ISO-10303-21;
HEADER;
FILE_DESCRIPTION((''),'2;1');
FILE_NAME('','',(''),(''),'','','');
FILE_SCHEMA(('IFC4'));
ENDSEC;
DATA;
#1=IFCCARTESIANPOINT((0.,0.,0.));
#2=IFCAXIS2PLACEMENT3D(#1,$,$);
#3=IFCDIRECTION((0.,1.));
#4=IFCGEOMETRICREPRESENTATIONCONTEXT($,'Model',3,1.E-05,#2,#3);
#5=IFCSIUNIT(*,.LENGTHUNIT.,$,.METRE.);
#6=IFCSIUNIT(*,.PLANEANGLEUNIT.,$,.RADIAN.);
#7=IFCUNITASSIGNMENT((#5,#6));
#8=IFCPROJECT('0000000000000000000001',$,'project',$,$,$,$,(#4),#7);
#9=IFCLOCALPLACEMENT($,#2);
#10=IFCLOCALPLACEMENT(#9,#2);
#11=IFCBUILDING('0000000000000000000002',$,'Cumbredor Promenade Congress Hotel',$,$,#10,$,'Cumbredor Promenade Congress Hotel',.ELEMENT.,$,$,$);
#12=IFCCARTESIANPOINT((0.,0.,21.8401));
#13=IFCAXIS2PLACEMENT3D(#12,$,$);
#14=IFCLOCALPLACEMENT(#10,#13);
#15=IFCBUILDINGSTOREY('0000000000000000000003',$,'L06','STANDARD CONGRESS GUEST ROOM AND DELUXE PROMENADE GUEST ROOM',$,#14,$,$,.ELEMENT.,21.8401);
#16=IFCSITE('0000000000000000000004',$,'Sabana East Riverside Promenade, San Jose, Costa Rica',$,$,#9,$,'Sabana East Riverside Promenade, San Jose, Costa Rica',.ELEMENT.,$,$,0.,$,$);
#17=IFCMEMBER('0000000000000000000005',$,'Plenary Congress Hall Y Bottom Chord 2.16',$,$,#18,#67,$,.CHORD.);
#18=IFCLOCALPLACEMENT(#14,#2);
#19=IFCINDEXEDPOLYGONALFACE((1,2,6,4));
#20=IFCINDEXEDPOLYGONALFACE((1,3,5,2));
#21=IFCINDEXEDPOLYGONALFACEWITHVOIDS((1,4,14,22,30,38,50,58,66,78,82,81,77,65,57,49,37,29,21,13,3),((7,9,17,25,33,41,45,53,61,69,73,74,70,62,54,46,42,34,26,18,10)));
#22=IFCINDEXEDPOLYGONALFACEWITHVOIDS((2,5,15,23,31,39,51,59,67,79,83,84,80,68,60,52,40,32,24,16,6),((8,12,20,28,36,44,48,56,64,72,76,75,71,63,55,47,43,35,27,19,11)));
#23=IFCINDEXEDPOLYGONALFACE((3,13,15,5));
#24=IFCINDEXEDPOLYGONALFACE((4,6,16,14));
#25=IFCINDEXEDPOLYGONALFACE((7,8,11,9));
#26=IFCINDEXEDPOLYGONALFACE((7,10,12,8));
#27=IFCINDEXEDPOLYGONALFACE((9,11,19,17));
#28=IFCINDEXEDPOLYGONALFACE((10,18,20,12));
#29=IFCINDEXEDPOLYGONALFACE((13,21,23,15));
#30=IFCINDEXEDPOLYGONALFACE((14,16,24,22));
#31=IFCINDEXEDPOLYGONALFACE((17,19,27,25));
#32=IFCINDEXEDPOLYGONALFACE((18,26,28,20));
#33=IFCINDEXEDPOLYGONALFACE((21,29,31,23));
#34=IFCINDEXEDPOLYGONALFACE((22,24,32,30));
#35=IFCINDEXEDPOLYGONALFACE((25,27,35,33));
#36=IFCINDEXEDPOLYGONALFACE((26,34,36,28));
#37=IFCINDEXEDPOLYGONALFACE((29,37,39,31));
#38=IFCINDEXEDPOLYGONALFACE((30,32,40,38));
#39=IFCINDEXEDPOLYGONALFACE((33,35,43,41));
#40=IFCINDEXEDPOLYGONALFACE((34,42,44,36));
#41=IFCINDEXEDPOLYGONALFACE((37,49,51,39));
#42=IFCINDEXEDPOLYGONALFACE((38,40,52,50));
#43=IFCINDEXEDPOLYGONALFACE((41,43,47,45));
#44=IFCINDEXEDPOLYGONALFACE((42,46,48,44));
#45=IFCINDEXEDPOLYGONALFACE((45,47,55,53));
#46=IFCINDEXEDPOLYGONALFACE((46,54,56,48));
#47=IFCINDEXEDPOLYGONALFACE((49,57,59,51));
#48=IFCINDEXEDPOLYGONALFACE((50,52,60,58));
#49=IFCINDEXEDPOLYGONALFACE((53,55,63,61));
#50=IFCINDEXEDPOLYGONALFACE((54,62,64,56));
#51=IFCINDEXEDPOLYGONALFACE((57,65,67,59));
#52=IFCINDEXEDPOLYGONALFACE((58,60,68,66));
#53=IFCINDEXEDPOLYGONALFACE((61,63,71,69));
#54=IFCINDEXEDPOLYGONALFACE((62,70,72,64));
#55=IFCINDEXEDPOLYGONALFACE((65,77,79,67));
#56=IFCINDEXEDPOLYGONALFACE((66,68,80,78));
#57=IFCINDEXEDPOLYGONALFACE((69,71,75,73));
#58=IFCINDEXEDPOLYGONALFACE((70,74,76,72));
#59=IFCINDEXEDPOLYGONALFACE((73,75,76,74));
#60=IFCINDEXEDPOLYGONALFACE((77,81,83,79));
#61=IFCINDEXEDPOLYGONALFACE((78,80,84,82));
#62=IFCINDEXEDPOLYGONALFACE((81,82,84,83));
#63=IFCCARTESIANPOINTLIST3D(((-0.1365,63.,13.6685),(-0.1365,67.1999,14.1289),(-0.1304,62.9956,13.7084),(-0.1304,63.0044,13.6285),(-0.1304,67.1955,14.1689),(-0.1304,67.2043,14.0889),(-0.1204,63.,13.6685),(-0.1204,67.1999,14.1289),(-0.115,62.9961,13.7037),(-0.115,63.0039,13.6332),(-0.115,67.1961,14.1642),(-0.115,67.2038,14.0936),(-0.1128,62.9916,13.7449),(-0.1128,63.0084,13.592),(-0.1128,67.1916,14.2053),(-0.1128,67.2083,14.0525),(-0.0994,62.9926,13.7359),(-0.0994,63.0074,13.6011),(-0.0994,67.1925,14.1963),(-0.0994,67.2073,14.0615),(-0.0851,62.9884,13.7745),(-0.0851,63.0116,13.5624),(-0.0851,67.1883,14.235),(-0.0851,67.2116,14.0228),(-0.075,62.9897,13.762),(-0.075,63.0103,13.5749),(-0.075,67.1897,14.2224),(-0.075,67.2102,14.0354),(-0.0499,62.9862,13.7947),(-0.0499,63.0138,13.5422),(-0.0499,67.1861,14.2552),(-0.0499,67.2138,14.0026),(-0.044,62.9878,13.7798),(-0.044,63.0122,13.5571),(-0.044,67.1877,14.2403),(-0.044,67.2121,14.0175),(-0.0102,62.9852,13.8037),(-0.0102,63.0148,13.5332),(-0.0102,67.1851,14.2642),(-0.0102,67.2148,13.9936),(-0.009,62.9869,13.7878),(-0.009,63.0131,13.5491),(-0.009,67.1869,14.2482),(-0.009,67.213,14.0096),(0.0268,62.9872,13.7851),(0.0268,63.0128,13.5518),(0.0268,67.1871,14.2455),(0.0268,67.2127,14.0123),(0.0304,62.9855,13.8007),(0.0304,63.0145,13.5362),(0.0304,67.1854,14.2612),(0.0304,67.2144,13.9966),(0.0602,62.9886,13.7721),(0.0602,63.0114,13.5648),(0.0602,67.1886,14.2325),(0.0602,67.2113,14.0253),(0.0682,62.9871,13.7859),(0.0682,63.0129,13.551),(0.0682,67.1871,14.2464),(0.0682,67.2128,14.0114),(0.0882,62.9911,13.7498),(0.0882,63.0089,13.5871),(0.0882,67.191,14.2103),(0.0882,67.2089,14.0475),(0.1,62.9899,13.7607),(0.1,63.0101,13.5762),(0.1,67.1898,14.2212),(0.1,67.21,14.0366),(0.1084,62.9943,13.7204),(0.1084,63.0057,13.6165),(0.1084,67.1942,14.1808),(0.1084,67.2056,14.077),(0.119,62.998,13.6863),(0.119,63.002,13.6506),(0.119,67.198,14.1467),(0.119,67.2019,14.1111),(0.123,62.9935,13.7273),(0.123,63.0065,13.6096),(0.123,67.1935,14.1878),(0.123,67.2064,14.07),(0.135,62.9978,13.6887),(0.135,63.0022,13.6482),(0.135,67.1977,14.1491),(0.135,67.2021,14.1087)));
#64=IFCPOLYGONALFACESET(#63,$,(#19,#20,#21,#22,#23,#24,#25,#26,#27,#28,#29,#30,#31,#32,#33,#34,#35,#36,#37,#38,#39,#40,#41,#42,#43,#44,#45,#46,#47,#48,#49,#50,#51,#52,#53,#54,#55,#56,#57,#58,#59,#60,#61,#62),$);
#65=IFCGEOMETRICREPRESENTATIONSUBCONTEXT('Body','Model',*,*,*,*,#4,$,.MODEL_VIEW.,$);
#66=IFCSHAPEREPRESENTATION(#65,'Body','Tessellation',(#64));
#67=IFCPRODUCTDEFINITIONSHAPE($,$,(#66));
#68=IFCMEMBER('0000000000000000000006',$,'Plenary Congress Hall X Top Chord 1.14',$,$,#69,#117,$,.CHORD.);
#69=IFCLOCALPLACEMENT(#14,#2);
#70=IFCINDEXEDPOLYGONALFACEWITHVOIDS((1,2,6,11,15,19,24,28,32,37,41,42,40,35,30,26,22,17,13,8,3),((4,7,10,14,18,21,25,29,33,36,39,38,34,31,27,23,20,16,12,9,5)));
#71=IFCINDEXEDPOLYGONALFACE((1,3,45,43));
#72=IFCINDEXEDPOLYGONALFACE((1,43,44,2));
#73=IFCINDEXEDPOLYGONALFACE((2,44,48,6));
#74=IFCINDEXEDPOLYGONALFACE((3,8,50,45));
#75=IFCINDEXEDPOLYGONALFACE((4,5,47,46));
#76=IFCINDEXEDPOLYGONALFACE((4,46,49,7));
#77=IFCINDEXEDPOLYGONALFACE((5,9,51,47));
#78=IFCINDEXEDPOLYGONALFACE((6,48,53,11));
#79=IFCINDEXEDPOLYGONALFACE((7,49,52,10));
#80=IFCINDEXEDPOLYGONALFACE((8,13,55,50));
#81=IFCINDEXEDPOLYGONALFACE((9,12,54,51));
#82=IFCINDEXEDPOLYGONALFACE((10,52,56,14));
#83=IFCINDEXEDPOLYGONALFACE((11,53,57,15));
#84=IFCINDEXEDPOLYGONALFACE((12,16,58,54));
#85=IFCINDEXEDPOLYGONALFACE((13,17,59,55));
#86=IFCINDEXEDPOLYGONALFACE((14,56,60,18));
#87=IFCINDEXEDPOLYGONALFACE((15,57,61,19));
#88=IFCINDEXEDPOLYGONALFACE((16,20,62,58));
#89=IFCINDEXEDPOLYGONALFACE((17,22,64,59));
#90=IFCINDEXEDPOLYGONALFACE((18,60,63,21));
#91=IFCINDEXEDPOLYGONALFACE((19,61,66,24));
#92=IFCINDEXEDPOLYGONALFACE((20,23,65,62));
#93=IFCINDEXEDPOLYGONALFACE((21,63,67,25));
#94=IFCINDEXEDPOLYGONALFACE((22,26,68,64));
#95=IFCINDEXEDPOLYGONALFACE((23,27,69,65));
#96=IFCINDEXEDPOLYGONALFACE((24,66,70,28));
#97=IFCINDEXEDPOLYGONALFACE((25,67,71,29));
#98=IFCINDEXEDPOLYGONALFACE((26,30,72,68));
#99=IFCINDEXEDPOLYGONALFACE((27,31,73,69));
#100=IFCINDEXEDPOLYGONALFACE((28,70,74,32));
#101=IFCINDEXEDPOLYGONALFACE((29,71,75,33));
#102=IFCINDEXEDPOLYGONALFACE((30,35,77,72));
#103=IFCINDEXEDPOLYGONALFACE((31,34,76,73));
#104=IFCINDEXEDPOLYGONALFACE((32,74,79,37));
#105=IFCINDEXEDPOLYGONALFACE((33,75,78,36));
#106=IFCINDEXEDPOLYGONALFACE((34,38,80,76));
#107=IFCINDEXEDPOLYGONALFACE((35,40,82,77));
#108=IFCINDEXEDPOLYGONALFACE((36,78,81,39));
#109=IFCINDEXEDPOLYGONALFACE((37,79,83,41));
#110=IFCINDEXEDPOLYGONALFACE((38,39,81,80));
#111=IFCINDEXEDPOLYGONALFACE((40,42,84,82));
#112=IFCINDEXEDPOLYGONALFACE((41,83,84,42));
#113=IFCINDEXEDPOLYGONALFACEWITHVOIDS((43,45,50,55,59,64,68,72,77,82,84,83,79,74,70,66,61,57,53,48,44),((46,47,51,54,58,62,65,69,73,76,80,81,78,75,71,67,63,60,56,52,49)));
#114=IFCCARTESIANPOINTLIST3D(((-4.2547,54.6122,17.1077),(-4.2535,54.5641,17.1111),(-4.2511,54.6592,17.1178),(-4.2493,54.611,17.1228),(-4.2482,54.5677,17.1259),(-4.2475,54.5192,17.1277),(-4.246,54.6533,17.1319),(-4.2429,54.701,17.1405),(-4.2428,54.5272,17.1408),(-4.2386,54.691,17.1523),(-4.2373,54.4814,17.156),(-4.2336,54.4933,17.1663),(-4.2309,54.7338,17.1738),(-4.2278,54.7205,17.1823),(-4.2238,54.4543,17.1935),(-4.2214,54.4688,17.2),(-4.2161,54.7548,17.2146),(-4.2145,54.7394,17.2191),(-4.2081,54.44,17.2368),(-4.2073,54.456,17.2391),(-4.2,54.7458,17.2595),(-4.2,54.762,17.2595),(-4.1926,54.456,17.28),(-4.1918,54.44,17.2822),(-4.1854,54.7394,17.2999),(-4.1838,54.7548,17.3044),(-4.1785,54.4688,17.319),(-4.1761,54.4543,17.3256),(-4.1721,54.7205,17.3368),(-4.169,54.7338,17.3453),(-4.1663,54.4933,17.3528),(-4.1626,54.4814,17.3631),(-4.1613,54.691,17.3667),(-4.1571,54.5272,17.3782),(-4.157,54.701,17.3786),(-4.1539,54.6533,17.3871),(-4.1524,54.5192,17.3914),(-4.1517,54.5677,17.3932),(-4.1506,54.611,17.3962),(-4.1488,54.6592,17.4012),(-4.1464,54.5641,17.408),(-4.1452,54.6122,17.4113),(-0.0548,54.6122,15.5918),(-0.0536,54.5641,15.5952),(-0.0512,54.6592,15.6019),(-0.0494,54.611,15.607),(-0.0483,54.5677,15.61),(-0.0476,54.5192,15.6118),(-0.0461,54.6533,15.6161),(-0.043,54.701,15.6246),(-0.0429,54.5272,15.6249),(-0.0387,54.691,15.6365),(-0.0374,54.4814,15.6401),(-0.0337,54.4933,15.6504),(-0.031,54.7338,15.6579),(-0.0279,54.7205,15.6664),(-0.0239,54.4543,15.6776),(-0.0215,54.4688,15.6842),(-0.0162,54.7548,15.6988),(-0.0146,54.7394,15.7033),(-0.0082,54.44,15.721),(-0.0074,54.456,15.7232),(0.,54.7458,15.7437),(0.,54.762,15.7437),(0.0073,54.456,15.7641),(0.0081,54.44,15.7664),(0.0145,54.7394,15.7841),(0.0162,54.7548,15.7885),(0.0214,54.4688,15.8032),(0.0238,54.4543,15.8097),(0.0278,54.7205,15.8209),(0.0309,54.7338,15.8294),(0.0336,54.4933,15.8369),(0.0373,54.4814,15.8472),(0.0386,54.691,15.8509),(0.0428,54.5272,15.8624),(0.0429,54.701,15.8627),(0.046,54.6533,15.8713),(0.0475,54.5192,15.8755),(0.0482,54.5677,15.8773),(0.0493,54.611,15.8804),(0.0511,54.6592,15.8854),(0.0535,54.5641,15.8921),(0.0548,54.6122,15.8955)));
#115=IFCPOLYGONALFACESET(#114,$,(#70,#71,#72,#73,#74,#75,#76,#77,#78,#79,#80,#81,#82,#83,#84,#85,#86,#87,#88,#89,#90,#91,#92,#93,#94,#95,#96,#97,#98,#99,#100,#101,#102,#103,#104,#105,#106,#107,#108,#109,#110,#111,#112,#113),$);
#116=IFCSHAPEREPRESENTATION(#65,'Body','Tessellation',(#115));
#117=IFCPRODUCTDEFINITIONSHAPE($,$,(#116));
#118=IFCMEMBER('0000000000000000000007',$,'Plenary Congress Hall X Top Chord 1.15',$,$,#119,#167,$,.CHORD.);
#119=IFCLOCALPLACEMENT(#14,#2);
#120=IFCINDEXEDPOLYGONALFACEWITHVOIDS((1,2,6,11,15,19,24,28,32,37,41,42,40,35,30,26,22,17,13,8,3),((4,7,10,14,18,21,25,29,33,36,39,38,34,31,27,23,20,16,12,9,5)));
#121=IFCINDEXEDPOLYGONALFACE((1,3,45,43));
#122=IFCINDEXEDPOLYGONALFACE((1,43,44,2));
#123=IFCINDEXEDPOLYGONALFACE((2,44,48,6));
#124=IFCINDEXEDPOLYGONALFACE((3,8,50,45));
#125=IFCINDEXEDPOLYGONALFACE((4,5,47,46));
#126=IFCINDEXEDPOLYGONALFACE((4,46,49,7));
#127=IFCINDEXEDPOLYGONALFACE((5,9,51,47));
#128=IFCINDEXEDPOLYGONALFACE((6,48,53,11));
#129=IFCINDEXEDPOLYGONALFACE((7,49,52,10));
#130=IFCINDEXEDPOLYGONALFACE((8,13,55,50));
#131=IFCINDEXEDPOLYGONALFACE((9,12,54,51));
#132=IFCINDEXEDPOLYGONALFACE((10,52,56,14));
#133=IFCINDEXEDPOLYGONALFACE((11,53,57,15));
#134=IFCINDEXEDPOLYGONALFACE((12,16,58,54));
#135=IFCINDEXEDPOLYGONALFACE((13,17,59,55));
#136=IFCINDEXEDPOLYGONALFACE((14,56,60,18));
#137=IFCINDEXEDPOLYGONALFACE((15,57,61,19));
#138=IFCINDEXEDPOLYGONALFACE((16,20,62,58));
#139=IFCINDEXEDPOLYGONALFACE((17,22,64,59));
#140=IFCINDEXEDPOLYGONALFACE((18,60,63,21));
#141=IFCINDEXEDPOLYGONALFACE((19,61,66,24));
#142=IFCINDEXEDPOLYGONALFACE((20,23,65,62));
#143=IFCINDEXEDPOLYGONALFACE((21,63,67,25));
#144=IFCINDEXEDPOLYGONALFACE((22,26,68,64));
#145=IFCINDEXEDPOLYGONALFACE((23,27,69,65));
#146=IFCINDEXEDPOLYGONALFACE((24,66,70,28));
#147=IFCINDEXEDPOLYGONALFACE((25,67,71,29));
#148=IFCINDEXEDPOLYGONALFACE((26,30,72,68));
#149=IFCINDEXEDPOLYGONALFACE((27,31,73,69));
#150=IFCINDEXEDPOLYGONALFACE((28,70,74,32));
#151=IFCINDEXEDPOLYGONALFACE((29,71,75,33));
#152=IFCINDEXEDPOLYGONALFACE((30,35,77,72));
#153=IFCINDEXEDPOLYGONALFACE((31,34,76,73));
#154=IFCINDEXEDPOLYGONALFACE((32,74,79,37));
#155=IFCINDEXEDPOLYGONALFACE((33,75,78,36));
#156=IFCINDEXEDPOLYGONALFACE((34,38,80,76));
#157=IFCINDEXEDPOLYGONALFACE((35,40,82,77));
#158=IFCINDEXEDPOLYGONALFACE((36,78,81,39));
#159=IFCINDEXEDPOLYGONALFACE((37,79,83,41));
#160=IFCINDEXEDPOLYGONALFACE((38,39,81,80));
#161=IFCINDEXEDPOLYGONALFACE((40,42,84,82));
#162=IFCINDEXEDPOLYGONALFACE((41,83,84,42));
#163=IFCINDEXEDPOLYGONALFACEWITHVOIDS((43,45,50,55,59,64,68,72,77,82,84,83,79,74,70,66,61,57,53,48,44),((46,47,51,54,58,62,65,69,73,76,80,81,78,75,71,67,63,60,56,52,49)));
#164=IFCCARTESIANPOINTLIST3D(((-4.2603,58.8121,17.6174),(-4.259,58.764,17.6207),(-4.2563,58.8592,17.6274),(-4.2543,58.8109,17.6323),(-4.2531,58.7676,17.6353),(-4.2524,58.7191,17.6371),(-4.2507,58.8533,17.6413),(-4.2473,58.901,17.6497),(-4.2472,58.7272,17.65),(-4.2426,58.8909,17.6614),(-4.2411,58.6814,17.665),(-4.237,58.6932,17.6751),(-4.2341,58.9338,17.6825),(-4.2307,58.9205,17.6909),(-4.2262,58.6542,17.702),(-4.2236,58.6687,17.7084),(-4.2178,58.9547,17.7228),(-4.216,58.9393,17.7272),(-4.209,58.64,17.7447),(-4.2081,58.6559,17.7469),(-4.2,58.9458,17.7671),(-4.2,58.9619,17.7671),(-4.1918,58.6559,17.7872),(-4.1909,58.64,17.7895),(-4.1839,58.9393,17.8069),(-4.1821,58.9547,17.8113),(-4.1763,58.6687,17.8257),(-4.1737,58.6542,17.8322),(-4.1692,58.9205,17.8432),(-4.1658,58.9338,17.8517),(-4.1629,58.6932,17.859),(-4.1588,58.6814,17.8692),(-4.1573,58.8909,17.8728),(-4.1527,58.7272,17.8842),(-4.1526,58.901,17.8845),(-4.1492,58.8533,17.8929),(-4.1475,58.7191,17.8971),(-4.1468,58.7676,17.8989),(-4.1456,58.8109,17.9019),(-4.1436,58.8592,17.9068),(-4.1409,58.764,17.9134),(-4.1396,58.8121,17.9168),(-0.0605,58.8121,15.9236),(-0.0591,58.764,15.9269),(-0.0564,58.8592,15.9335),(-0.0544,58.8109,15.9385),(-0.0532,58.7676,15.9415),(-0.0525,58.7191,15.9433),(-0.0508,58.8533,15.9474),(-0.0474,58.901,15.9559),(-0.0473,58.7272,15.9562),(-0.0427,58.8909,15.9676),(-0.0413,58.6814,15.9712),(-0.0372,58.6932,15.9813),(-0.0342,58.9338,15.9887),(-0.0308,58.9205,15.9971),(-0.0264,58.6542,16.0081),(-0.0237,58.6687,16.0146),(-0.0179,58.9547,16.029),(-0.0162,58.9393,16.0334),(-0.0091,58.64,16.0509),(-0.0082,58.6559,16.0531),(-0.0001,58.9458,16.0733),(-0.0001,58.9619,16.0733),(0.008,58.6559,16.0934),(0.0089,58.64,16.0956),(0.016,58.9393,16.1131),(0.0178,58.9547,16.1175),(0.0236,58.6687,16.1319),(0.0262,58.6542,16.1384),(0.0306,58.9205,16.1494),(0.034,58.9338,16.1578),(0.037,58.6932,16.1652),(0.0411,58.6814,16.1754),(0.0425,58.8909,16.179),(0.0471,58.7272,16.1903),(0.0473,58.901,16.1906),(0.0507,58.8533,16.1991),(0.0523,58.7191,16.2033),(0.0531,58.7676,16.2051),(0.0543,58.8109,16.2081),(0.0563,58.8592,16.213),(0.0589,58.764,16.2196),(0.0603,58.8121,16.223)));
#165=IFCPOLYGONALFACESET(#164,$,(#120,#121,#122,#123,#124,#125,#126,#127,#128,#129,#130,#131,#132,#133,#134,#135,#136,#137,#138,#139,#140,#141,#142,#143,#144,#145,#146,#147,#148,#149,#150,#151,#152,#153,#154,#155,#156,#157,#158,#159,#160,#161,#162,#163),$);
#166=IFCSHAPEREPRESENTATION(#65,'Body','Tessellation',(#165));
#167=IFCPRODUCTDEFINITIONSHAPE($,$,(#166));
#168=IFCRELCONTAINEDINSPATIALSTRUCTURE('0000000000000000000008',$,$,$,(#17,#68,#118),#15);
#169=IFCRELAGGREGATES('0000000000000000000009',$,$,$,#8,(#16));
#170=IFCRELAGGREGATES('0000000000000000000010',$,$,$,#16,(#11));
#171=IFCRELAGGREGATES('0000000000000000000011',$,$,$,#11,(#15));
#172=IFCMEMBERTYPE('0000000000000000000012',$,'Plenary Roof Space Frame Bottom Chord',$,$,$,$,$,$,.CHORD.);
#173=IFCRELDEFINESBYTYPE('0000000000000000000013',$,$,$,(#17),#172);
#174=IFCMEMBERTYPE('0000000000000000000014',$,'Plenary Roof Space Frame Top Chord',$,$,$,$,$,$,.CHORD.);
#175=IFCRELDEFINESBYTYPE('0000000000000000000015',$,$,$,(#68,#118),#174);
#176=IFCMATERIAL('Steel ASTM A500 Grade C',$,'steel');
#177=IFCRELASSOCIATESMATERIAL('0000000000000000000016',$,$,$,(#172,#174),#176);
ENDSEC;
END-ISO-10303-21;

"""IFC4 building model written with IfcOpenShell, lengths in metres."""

from ifc_helpers import new_model, si_unit, direction, frame, origin, origin_2d, place, context, subcontext, project, spatial, hollow_circle, extrude, material, material_profile, profile_set, type_object, element, save


model = new_model("IFC4")

# Units and contexts
model_context = context("Model", 3, precision=1e-05, world=origin(), true_north=direction((0.0, 1.0)))
body_context = subcontext(model_context, "Body", "Model", "MODEL_VIEW")
ifc_project = project(units=[si_unit("LENGTHUNIT", "METRE"), si_unit("PLANEANGLEUNIT", "RADIAN")], contexts=[model_context])

# Site, building, storey
site_placement = place(None, origin())
site = spatial("IfcSite", under=ifc_project, at=site_placement, Name="Sabana East Riverside Promenade, San Jose, Costa Rica", LongName="Sabana East Riverside Promenade, San Jose, Costa Rica", CompositionType="ELEMENT", RefElevation=0.0)
building_placement = place(site_placement, origin())
building = spatial("IfcBuilding", under=site, at=building_placement, Name="Cumbredor Promenade Congress Hotel", LongName="Cumbredor Promenade Congress Hotel", CompositionType="ELEMENT")
storey_placement = place(building_placement, frame((0.0, 0.0, 21.8401)))
storey = spatial("IfcBuildingStorey", under=building, at=storey_placement, Name="L06", Description="STANDARD CONGRESS GUEST ROOM AND DELUXE PROMENADE GUEST ROOM", CompositionType="ELEMENT", Elevation=21.8401)

# Members
ifc_material_1 = material(Name="Steel ASTM A500 Grade C", Category="steel")
ifc_material_profile_1 = material_profile(ifc_material_1, hollow_circle(Radius=0.1365, WallThickness=0.0161, at=origin_2d()), Name="CHS 273.0x16")
ifc_profile_set_1 = profile_set([ifc_material_profile_1], Name="Steel ASTM A500 Grade C")
member_type_1 = type_object("IfcMemberType", Name="Plenary Roof Space Frame Bottom Chord", PredefinedType="CHORD", material=ifc_profile_set_1)
member_1_placement = place(storey_placement, frame((0.0, 63.0, 13.6685), z_axis=(0.0, 0.994044, 0.108979), x_axis=(-1.0, 0.0, 0.0)))
element("IfcMember", 1, at=member_1_placement, inside=storey, type_object=member_type_1, Name="Plenary Congress Hall Y Bottom Chord 2.16", PredefinedType="CHORD", context=body_context, shape_type="SweptSolid", body=[
    extrude(hollow_circle(Radius=0.1365, WallThickness=0.0161, at=origin_2d()), origin(), (0.0, 0.0, 1.0), 4.2251),
])
ifc_material_profile_2 = material_profile(ifc_material_1, hollow_circle(Radius=0.1619, WallThickness=0.0161, at=origin_2d()), Name="CHS 323.9x16")
ifc_profile_set_2 = profile_set([ifc_material_profile_2], Name="Steel ASTM A500 Grade C")
member_type_2 = type_object("IfcMemberType", Name="Plenary Roof Space Frame Top Chord", PredefinedType="CHORD", material=ifc_profile_set_2)
member_2_placement = place(storey_placement, frame((-4.2, 54.6001, 17.2595), z_axis=(0.94061, 0.0, -0.33949), x_axis=(0.0, 1.0, 0.0)))
element("IfcMember", 2, at=member_2_placement, inside=storey, type_object=member_type_2, Name="Plenary Congress Hall X Top Chord 1.14", PredefinedType="CHORD", context=body_context, shape_type="SweptSolid", body=[
    extrude(hollow_circle(Radius=0.1619, WallThickness=0.0161, at=origin_2d()), origin(), (0.0, 0.0, 1.0), 4.4651),
])
member_3_placement = place(storey_placement, frame((-4.2, 58.8, 17.7671), z_axis=(0.927417, 0.0, -0.374029), x_axis=(0.0, 1.0, 0.0)))
element("IfcMember", 3, at=member_3_placement, inside=storey, type_object=member_type_2, Name="Plenary Congress Hall X Top Chord 1.15", PredefinedType="CHORD", context=body_context, shape_type="SweptSolid", body=[
    extrude(hollow_circle(Radius=0.1619, WallThickness=0.0161, at=origin_2d()), origin(), (0.0, 0.0, 1.0), 4.5286),
])

save(model, "model.ifc")
